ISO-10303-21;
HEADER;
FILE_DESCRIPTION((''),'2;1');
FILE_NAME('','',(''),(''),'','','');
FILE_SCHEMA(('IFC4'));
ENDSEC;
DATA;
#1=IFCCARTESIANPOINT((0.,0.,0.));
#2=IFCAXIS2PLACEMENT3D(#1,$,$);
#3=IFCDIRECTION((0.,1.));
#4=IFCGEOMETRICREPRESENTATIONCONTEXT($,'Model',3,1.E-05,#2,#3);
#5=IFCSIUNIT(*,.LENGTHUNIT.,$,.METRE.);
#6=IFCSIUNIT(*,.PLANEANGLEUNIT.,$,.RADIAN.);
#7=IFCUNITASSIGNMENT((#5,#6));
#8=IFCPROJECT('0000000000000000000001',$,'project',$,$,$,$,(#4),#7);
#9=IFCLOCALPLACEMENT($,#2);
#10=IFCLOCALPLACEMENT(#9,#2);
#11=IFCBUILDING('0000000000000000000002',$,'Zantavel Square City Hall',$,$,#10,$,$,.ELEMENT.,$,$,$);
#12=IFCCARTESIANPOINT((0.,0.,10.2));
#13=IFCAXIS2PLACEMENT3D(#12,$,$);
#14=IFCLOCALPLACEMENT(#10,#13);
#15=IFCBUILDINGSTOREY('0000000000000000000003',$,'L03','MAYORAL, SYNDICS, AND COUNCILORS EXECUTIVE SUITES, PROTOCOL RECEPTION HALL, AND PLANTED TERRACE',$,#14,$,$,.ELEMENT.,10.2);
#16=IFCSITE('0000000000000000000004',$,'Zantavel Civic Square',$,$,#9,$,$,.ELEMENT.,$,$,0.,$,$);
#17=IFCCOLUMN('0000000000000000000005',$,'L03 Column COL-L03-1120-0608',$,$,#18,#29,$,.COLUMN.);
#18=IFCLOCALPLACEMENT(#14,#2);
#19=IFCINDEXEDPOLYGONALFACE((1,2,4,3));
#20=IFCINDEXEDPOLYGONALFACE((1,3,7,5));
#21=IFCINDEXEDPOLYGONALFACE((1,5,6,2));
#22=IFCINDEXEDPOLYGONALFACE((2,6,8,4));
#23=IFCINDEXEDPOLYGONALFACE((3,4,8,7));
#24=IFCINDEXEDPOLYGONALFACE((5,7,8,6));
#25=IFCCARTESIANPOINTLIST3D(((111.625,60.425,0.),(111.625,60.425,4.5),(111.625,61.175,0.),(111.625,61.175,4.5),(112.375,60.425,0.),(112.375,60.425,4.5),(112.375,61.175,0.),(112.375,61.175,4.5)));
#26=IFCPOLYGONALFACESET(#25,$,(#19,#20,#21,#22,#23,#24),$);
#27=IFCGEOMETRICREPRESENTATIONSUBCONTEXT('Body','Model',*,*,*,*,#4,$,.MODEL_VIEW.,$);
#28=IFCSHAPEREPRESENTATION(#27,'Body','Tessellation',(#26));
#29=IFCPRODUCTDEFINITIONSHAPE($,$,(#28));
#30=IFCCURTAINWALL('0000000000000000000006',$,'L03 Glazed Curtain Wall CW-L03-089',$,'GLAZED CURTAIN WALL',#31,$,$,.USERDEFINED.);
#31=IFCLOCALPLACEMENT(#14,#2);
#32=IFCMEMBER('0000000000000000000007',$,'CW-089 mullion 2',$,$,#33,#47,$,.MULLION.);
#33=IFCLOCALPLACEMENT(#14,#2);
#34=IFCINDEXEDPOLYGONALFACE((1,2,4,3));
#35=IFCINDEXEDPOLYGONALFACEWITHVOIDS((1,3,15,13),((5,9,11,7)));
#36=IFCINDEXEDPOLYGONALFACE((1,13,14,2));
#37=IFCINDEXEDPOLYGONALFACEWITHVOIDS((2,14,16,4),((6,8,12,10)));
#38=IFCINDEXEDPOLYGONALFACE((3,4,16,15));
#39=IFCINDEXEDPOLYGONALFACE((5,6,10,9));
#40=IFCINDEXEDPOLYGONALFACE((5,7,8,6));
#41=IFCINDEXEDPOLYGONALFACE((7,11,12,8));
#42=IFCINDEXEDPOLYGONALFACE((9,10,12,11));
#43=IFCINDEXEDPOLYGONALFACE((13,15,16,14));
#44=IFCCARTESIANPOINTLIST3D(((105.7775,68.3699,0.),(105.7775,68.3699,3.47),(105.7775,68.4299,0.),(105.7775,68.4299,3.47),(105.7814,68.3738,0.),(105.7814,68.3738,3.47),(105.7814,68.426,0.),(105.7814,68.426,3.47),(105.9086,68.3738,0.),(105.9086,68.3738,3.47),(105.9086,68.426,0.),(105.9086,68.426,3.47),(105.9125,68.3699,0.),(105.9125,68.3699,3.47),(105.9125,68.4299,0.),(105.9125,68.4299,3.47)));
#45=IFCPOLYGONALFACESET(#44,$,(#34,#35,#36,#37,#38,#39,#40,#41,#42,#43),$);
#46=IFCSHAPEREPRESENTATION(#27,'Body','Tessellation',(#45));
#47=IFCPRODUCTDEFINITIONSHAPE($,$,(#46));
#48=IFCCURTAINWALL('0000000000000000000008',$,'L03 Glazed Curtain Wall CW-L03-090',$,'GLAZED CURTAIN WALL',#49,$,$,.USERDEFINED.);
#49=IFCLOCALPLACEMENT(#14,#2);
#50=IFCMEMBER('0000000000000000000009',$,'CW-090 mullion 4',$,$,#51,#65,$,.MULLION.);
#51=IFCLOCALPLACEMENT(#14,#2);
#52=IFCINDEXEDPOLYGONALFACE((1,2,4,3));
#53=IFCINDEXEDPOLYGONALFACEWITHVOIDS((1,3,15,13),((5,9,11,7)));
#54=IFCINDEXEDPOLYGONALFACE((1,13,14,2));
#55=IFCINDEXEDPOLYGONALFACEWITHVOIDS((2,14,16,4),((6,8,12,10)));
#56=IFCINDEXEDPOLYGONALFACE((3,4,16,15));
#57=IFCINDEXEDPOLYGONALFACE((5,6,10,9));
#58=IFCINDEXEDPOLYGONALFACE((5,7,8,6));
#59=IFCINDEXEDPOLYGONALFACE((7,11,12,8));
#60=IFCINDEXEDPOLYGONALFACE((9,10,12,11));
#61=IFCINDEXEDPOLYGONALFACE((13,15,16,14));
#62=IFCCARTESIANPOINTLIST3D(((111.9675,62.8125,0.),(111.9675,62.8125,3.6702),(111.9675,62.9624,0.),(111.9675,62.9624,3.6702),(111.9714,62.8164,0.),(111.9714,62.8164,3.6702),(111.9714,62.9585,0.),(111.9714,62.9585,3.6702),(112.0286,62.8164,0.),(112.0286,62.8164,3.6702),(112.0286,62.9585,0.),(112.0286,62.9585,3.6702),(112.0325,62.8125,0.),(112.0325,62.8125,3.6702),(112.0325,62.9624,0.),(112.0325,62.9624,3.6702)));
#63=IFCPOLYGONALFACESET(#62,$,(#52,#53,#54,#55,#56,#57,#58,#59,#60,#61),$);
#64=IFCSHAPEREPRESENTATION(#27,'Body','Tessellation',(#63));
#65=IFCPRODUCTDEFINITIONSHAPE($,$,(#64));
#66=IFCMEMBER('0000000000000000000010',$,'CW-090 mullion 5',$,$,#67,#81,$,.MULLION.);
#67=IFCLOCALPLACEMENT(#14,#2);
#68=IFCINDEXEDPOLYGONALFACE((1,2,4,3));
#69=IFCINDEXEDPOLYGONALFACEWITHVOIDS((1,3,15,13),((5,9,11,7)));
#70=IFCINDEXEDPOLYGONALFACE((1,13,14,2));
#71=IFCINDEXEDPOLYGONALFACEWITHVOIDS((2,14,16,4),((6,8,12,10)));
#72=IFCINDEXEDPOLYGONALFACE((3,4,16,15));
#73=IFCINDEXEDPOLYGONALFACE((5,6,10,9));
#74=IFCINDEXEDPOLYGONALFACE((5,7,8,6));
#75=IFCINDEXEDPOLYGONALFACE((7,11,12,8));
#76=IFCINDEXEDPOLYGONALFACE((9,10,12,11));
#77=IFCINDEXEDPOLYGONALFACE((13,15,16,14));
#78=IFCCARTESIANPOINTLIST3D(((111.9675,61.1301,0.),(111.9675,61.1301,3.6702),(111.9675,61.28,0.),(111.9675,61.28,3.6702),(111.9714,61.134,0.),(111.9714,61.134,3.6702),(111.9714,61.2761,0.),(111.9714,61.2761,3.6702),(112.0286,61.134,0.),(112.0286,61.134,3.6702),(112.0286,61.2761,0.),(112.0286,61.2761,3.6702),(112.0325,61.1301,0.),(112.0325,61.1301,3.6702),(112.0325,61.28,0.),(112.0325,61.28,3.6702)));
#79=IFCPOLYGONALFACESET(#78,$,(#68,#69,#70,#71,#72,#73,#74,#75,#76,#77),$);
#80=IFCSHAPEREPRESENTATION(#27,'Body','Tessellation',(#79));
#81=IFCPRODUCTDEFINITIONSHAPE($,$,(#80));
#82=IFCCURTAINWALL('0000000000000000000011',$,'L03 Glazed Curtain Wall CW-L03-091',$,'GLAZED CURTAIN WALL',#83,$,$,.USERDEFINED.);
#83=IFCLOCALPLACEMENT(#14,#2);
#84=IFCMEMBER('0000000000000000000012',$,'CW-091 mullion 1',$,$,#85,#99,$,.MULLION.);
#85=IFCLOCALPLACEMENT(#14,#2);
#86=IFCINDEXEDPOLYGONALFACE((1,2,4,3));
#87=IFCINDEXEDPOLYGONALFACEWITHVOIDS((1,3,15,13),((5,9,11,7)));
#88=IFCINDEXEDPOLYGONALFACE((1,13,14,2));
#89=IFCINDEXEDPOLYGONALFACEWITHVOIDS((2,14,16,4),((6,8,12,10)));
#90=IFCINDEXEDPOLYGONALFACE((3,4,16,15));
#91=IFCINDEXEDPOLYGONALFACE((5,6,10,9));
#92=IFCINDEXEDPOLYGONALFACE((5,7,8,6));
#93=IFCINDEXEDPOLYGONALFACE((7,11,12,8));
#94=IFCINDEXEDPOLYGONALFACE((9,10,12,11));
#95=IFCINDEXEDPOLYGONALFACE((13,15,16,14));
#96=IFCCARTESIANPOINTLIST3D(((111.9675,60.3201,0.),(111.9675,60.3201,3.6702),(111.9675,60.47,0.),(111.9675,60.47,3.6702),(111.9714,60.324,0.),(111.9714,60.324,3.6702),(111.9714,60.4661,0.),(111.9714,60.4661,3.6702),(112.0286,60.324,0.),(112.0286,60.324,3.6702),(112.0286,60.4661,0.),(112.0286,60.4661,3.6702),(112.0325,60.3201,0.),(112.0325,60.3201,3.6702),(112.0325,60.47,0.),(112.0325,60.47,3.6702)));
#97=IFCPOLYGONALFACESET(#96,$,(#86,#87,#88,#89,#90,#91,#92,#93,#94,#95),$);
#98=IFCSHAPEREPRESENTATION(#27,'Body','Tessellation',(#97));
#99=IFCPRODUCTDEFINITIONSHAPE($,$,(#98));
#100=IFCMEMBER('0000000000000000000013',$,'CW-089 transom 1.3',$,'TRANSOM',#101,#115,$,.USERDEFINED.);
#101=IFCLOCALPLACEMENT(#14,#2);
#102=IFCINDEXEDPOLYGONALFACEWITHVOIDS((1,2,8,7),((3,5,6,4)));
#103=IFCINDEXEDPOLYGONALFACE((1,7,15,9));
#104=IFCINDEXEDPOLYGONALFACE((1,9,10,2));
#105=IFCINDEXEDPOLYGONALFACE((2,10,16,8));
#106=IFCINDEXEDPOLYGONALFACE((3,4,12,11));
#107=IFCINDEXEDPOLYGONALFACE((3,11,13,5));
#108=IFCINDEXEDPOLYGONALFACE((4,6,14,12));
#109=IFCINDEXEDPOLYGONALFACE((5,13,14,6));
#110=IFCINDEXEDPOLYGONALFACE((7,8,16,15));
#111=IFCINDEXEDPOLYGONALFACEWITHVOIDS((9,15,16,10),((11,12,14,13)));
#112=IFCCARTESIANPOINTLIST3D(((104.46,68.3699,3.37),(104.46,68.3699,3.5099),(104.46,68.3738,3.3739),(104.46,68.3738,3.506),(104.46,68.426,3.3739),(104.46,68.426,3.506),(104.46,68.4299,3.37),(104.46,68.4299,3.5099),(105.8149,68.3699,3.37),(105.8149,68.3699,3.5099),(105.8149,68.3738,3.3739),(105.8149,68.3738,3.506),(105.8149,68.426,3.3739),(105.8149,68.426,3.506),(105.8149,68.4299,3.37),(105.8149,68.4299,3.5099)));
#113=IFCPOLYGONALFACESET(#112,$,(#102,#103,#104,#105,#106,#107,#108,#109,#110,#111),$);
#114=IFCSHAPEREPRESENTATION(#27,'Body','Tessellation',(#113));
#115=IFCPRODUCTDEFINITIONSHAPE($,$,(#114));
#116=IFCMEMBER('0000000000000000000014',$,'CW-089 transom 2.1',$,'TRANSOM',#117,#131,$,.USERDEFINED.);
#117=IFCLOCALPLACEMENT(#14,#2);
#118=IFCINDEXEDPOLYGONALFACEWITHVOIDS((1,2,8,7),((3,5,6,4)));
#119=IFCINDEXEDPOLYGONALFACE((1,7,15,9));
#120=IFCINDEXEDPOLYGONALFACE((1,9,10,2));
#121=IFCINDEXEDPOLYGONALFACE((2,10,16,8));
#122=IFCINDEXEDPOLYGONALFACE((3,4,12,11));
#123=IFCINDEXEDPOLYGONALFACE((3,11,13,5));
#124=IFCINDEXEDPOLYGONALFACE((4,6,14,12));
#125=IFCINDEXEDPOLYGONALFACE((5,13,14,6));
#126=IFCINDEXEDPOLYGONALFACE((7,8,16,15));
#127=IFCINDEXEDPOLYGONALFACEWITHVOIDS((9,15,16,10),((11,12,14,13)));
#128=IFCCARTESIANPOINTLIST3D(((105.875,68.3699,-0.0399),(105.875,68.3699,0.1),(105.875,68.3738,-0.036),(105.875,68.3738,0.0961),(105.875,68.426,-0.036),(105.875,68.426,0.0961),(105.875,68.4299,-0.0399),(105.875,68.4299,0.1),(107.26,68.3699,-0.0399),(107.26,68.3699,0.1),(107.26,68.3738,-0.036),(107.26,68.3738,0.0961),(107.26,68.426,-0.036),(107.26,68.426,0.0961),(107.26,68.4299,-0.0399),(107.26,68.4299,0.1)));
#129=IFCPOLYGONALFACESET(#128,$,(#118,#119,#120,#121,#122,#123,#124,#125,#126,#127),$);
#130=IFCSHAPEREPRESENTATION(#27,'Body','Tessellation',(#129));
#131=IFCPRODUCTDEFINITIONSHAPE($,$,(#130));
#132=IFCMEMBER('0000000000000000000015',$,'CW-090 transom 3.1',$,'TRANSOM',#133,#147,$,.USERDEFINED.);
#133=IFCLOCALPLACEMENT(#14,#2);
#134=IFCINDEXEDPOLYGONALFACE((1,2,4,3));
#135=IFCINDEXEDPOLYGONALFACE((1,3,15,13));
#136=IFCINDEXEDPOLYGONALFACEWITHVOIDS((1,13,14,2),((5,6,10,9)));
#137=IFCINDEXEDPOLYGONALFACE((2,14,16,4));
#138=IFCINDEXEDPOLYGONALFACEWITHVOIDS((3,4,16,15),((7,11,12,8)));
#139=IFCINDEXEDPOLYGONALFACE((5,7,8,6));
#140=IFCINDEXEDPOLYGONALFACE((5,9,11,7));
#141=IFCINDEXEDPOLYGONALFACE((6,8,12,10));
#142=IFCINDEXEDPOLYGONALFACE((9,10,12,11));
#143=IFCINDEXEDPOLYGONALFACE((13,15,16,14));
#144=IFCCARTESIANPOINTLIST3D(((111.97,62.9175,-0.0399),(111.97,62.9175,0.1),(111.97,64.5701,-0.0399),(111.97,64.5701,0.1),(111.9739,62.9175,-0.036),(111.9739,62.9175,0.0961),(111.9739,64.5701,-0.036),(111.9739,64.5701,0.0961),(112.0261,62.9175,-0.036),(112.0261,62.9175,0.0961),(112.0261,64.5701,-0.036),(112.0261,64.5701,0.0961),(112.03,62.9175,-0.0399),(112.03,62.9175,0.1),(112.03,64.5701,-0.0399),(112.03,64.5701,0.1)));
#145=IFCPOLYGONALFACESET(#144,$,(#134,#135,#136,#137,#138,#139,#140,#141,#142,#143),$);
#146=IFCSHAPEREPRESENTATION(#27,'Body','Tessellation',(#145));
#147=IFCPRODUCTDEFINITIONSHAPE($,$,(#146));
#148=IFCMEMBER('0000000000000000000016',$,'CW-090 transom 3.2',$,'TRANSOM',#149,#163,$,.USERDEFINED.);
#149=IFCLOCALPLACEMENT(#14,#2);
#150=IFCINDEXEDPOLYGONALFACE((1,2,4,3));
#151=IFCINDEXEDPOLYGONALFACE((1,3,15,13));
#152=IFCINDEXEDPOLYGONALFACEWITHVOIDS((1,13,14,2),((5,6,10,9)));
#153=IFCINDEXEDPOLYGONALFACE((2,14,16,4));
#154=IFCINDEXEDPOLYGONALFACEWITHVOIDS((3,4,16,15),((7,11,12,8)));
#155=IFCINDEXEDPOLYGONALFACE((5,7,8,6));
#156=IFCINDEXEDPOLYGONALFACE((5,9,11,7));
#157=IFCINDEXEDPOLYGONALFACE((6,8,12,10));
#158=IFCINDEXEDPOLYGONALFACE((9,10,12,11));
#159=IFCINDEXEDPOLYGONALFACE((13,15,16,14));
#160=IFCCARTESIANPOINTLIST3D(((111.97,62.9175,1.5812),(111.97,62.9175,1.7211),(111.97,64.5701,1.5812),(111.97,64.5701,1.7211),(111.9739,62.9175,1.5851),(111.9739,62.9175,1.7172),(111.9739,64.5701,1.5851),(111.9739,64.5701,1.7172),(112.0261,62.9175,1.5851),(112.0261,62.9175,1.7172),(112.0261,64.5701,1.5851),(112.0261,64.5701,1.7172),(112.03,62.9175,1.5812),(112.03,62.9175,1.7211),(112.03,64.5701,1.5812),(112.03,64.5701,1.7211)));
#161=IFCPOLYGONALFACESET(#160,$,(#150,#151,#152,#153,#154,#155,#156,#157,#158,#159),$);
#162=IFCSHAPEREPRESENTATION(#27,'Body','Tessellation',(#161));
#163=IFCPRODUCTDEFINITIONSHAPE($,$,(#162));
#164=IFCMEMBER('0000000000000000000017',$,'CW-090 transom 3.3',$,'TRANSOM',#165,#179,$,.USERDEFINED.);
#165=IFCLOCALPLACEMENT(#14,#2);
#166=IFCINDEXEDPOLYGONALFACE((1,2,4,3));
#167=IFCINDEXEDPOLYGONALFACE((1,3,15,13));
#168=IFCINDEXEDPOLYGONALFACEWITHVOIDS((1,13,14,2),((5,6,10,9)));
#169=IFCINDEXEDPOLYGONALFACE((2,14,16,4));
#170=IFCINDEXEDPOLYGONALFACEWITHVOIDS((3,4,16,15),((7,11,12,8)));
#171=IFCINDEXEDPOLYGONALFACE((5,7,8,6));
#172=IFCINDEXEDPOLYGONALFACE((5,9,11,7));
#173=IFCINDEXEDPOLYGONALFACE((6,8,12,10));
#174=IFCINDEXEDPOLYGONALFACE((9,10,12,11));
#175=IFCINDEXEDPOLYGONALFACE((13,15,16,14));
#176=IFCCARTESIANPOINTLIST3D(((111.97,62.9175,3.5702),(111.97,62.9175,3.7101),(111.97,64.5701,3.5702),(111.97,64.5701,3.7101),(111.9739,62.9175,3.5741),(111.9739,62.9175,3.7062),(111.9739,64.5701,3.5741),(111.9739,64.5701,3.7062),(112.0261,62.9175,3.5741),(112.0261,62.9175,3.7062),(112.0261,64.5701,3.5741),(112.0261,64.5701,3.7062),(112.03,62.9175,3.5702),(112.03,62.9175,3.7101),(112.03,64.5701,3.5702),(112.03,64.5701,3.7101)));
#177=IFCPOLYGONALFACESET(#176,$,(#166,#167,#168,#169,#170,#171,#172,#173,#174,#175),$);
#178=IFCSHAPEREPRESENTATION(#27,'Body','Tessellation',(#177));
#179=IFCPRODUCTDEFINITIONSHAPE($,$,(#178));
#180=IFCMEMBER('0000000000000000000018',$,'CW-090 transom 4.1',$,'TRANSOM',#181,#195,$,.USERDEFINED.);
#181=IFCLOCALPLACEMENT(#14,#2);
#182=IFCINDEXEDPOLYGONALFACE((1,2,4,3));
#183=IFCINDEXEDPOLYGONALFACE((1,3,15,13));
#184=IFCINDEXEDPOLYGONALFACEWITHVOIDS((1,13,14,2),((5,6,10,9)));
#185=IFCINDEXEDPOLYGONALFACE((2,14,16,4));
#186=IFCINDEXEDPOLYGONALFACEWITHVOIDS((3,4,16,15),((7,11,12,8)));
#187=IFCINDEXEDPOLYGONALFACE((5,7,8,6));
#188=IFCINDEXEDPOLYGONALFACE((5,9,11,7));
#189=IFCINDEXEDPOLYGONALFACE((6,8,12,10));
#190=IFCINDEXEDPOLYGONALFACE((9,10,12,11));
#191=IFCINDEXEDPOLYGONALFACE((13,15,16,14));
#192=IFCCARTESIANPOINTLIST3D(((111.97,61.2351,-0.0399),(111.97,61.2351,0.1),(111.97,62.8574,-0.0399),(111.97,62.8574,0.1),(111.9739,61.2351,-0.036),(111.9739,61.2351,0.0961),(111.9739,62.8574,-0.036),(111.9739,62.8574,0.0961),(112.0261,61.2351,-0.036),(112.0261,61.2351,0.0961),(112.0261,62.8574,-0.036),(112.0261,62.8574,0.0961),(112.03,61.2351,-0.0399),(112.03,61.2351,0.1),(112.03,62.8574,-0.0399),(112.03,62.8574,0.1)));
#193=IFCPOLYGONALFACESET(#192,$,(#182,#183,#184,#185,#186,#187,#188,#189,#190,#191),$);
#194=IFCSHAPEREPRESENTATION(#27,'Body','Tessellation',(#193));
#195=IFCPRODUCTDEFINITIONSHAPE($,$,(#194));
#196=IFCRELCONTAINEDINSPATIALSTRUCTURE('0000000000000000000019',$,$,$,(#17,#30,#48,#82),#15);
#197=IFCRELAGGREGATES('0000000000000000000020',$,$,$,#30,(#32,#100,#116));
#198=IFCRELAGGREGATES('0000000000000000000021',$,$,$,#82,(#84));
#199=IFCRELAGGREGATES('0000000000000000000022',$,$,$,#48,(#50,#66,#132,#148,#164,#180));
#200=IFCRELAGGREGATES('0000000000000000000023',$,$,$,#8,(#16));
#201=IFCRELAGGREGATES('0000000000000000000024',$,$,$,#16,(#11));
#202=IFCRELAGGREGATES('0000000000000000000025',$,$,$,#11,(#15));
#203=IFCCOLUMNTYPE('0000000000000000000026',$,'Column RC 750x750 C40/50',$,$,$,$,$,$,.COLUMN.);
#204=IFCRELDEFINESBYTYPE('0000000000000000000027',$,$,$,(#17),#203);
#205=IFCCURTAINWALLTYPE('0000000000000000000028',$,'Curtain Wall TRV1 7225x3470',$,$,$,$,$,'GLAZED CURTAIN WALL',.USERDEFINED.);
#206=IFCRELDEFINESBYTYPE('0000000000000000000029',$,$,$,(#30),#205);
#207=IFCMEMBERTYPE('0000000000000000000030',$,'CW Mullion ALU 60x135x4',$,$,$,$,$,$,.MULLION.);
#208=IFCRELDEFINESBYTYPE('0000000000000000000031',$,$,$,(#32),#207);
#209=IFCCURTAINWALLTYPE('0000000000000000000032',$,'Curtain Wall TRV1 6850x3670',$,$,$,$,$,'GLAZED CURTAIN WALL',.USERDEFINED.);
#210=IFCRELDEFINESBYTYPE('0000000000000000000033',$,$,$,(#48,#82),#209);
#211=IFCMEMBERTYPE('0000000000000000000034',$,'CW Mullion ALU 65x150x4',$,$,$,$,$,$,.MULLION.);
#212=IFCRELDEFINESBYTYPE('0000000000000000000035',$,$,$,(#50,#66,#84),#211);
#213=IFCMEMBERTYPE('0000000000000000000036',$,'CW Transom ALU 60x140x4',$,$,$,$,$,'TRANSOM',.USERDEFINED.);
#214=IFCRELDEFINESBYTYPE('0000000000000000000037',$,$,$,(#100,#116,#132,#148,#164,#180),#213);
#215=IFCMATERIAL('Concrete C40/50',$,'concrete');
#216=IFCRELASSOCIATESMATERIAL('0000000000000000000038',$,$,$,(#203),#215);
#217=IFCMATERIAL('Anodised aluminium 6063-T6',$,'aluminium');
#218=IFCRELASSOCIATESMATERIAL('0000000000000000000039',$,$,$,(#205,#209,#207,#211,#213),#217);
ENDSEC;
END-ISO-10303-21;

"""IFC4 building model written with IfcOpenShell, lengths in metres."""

from ifc_helpers import new_model, si_unit, direction, frame, origin, origin_2d, place, context, subcontext, project, spatial, rectangle, hollow_rectangle, extrude, material, material_profile, profile_set, type_object, element, aggregate, save


model = new_model("IFC4")

# Units and contexts
model_context = context("Model", 3, precision=1e-05, world=origin(), true_north=direction((0.0, 1.0)))
body_context = subcontext(model_context, "Body", "Model", "MODEL_VIEW")
ifc_project = project(units=[si_unit("LENGTHUNIT", "METRE"), si_unit("PLANEANGLEUNIT", "RADIAN")], contexts=[model_context])

# Site, building, storey
site_placement = place(None, origin())
site = spatial("IfcSite", under=ifc_project, at=site_placement, Name="Zantavel Civic Square", CompositionType="ELEMENT", RefElevation=0.0)
building_placement = place(site_placement, origin())
building = spatial("IfcBuilding", under=site, at=building_placement, Name="Zantavel Square City Hall", CompositionType="ELEMENT")
storey_placement = place(building_placement, frame((0.0, 0.0, 10.2)))
storey = spatial("IfcBuildingStorey", under=building, at=storey_placement, Name="L03", Description="MAYORAL, SYNDICS, AND COUNCILORS EXECUTIVE SUITES, PROTOCOL RECEPTION HALL, AND PLANTED TERRACE", CompositionType="ELEMENT", Elevation=10.2)

# Column
ifc_material_1 = material(Name="Concrete C40/50", Category="concrete")
ifc_material_profile_1 = material_profile(ifc_material_1, rectangle(XDim=0.75, YDim=0.75, at=origin_2d()), Name="RC 750x750")
ifc_profile_set_1 = profile_set([ifc_material_profile_1], Name="Concrete C40/50")
column_type = type_object("IfcColumnType", Name="Column RC 750x750 C40/50", PredefinedType="COLUMN", material=ifc_profile_set_1)
column_placement = place(storey_placement, frame((112.0, 60.8, 0.0), z_axis=(0.0, 0.0, 1.0), x_axis=(1.0, 0.0, 0.0)))
element("IfcColumn", 1, at=column_placement, inside=storey, type_object=column_type, Name="L03 Column COL-L03-1120-0608", PredefinedType="COLUMN", context=body_context, shape_type="SweptSolid", body=[
    extrude(rectangle(XDim=0.75, YDim=0.75, at=origin_2d()), origin(), (0.0, 0.0, 1.0), 4.5),
])

# Curtain wall, member
ifc_material_2 = material(Name="Anodised aluminium 6063-T6", Category="aluminium")
curtain_wall_type_1 = type_object("IfcCurtainWallType", Name="Curtain Wall TRV1 7225x3470", ElementType="GLAZED CURTAIN WALL", PredefinedType="USERDEFINED", material=ifc_material_2)
curtain_wall_1_placement = place(storey_placement, origin())
curtain_wall_1 = element("IfcCurtainWall", 2, at=curtain_wall_1_placement, inside=storey, type_object=curtain_wall_type_1, Name="L03 Glazed Curtain Wall CW-L03-089", ObjectType="GLAZED CURTAIN WALL", PredefinedType="USERDEFINED")
ifc_material_profile_2 = material_profile(ifc_material_2, hollow_rectangle(XDim=0.0601, YDim=0.135, WallThickness=0.0039, at=origin_2d()), Name="ALU 60x135x4")
ifc_profile_set_2 = profile_set([ifc_material_profile_2], Name="Anodised aluminium 6063-T6")
member_type_1 = type_object("IfcMemberType", Name="CW Mullion ALU 60x135x4", PredefinedType="MULLION", material=ifc_profile_set_2)
member_1_placement = place(storey_placement, frame((105.845, 68.3999, 0.0), z_axis=(0.0, 0.0, 1.0), x_axis=(0.0, 1.0, 0.0)))
member_1 = element("IfcMember", 3, at=member_1_placement, type_object=member_type_1, Name="CW-089 mullion 2", PredefinedType="MULLION", context=body_context, shape_type="SweptSolid", body=[
    extrude(hollow_rectangle(XDim=0.0601, YDim=0.135, WallThickness=0.0039, at=origin_2d()), origin(), (0.0, 0.0, 1.0), 3.47),
])

# Curtain wall, members
curtain_wall_type_2 = type_object("IfcCurtainWallType", Name="Curtain Wall TRV1 6850x3670", ElementType="GLAZED CURTAIN WALL", PredefinedType="USERDEFINED", material=ifc_material_2)
curtain_wall_2_placement = place(storey_placement, origin())
curtain_wall_2 = element("IfcCurtainWall", 4, at=curtain_wall_2_placement, inside=storey, type_object=curtain_wall_type_2, Name="L03 Glazed Curtain Wall CW-L03-090", ObjectType="GLAZED CURTAIN WALL", PredefinedType="USERDEFINED")
ifc_material_profile_3 = material_profile(ifc_material_2, hollow_rectangle(XDim=0.0649, YDim=0.1499, WallThickness=0.0039, at=origin_2d()), Name="ALU 65x150x4")
ifc_profile_set_3 = profile_set([ifc_material_profile_3], Name="Anodised aluminium 6063-T6")
member_type_2 = type_object("IfcMemberType", Name="CW Mullion ALU 65x150x4", PredefinedType="MULLION", material=ifc_profile_set_3)
member_2_placement = place(storey_placement, frame((112.0, 62.8875, 0.0), z_axis=(0.0, 0.0, 1.0), x_axis=(1.0, 0.0, 0.0)))
member_2 = element("IfcMember", 5, at=member_2_placement, type_object=member_type_2, Name="CW-090 mullion 4", PredefinedType="MULLION", context=body_context, shape_type="SweptSolid", body=[
    extrude(hollow_rectangle(XDim=0.0649, YDim=0.1499, WallThickness=0.0039, at=origin_2d()), origin(), (0.0, 0.0, 1.0), 3.6702),
])
member_3_placement = place(storey_placement, frame((112.0, 61.2051, 0.0), z_axis=(0.0, 0.0, 1.0), x_axis=(1.0, 0.0, 0.0)))
member_3 = element("IfcMember", 6, at=member_3_placement, type_object=member_type_2, Name="CW-090 mullion 5", PredefinedType="MULLION", context=body_context, shape_type="SweptSolid", body=[
    extrude(hollow_rectangle(XDim=0.0649, YDim=0.1499, WallThickness=0.0039, at=origin_2d()), origin(), (0.0, 0.0, 1.0), 3.6702),
])

# Curtain wall, member
curtain_wall_3_placement = place(storey_placement, origin())
curtain_wall_3 = element("IfcCurtainWall", 7, at=curtain_wall_3_placement, inside=storey, type_object=curtain_wall_type_2, Name="L03 Glazed Curtain Wall CW-L03-091", ObjectType="GLAZED CURTAIN WALL", PredefinedType="USERDEFINED")
member_4_placement = place(storey_placement, frame((112.0, 60.395, 0.0), z_axis=(0.0, 0.0, 1.0), x_axis=(1.0, 0.0, 0.0)))
member_4 = element("IfcMember", 8, at=member_4_placement, type_object=member_type_2, Name="CW-091 mullion 1", PredefinedType="MULLION", context=body_context, shape_type="SweptSolid", body=[
    extrude(hollow_rectangle(XDim=0.0649, YDim=0.1499, WallThickness=0.0039, at=origin_2d()), origin(), (0.0, 0.0, 1.0), 3.6702),
])

# Members
ifc_material_profile_4 = material_profile(ifc_material_2, hollow_rectangle(XDim=0.0601, YDim=0.1399, WallThickness=0.0039, at=origin_2d()), Name="ALU 60x140x4")
ifc_profile_set_4 = profile_set([ifc_material_profile_4], Name="Anodised aluminium 6063-T6")
member_type_3 = type_object("IfcMemberType", Name="CW Transom ALU 60x140x4", ElementType="TRANSOM", PredefinedType="USERDEFINED", material=ifc_profile_set_4)
member_5_placement = place(storey_placement, frame((104.46, 68.3999, 3.4399), z_axis=(1.0, 0.0, 0.0), x_axis=(0.0, 1.0, 0.0)))
member_5 = element("IfcMember", 9, at=member_5_placement, type_object=member_type_3, Name="CW-089 transom 1.3", ObjectType="TRANSOM", PredefinedType="USERDEFINED", context=body_context, shape_type="SweptSolid", body=[
    extrude(hollow_rectangle(XDim=0.0601, YDim=0.1399, WallThickness=0.0039, at=origin_2d()), origin(), (0.0, 0.0, 1.0), 1.355),
])
member_6_placement = place(storey_placement, frame((105.875, 68.3999, 0.03), z_axis=(1.0, 0.0, 0.0), x_axis=(0.0, 1.0, 0.0)))
member_6 = element("IfcMember", 10, at=member_6_placement, type_object=member_type_3, Name="CW-089 transom 2.1", ObjectType="TRANSOM", PredefinedType="USERDEFINED", context=body_context, shape_type="SweptSolid", body=[
    extrude(hollow_rectangle(XDim=0.0601, YDim=0.1399, WallThickness=0.0039, at=origin_2d()), origin(), (0.0, 0.0, 1.0), 1.385),
])
member_7_placement = place(storey_placement, frame((112.0, 64.5701, 0.03), z_axis=(0.0, -1.0, 0.0), x_axis=(1.0, 0.0, 0.0)))
member_7 = element("IfcMember", 11, at=member_7_placement, type_object=member_type_3, Name="CW-090 transom 3.1", ObjectType="TRANSOM", PredefinedType="USERDEFINED", context=body_context, shape_type="SweptSolid", body=[
    extrude(hollow_rectangle(XDim=0.0601, YDim=0.1399, WallThickness=0.0039, at=origin_2d()), origin(), (0.0, 0.0, 1.0), 1.6526),
])
member_8_placement = place(storey_placement, frame((112.0, 64.5701, 1.6511), z_axis=(0.0, -1.0, 0.0), x_axis=(1.0, 0.0, 0.0)))
member_8 = element("IfcMember", 12, at=member_8_placement, type_object=member_type_3, Name="CW-090 transom 3.2", ObjectType="TRANSOM", PredefinedType="USERDEFINED", context=body_context, shape_type="SweptSolid", body=[
    extrude(hollow_rectangle(XDim=0.0601, YDim=0.1399, WallThickness=0.0039, at=origin_2d()), origin(), (0.0, 0.0, 1.0), 1.6526),
])
member_9_placement = place(storey_placement, frame((112.0, 64.5701, 3.6401), z_axis=(0.0, -1.0, 0.0), x_axis=(1.0, 0.0, 0.0)))
member_9 = element("IfcMember", 13, at=member_9_placement, type_object=member_type_3, Name="CW-090 transom 3.3", ObjectType="TRANSOM", PredefinedType="USERDEFINED", context=body_context, shape_type="SweptSolid", body=[
    extrude(hollow_rectangle(XDim=0.0601, YDim=0.1399, WallThickness=0.0039, at=origin_2d()), origin(), (0.0, 0.0, 1.0), 1.6526),
])
member_10_placement = place(storey_placement, frame((112.0, 62.8574, 0.03), z_axis=(0.0, -1.0, 0.0), x_axis=(1.0, 0.0, 0.0)))
member_10 = element("IfcMember", 14, at=member_10_placement, type_object=member_type_3, Name="CW-090 transom 4.1", ObjectType="TRANSOM", PredefinedType="USERDEFINED", context=body_context, shape_type="SweptSolid", body=[
    extrude(hollow_rectangle(XDim=0.0601, YDim=0.1399, WallThickness=0.0039, at=origin_2d()), origin(), (0.0, 0.0, 1.0), 1.6223),
])

aggregate(curtain_wall_1, [member_1, member_5, member_6])
aggregate(curtain_wall_3, [member_4])
aggregate(curtain_wall_2, [member_2, member_3, member_7, member_8, member_9, member_10])

save(model, "model.ifc")
